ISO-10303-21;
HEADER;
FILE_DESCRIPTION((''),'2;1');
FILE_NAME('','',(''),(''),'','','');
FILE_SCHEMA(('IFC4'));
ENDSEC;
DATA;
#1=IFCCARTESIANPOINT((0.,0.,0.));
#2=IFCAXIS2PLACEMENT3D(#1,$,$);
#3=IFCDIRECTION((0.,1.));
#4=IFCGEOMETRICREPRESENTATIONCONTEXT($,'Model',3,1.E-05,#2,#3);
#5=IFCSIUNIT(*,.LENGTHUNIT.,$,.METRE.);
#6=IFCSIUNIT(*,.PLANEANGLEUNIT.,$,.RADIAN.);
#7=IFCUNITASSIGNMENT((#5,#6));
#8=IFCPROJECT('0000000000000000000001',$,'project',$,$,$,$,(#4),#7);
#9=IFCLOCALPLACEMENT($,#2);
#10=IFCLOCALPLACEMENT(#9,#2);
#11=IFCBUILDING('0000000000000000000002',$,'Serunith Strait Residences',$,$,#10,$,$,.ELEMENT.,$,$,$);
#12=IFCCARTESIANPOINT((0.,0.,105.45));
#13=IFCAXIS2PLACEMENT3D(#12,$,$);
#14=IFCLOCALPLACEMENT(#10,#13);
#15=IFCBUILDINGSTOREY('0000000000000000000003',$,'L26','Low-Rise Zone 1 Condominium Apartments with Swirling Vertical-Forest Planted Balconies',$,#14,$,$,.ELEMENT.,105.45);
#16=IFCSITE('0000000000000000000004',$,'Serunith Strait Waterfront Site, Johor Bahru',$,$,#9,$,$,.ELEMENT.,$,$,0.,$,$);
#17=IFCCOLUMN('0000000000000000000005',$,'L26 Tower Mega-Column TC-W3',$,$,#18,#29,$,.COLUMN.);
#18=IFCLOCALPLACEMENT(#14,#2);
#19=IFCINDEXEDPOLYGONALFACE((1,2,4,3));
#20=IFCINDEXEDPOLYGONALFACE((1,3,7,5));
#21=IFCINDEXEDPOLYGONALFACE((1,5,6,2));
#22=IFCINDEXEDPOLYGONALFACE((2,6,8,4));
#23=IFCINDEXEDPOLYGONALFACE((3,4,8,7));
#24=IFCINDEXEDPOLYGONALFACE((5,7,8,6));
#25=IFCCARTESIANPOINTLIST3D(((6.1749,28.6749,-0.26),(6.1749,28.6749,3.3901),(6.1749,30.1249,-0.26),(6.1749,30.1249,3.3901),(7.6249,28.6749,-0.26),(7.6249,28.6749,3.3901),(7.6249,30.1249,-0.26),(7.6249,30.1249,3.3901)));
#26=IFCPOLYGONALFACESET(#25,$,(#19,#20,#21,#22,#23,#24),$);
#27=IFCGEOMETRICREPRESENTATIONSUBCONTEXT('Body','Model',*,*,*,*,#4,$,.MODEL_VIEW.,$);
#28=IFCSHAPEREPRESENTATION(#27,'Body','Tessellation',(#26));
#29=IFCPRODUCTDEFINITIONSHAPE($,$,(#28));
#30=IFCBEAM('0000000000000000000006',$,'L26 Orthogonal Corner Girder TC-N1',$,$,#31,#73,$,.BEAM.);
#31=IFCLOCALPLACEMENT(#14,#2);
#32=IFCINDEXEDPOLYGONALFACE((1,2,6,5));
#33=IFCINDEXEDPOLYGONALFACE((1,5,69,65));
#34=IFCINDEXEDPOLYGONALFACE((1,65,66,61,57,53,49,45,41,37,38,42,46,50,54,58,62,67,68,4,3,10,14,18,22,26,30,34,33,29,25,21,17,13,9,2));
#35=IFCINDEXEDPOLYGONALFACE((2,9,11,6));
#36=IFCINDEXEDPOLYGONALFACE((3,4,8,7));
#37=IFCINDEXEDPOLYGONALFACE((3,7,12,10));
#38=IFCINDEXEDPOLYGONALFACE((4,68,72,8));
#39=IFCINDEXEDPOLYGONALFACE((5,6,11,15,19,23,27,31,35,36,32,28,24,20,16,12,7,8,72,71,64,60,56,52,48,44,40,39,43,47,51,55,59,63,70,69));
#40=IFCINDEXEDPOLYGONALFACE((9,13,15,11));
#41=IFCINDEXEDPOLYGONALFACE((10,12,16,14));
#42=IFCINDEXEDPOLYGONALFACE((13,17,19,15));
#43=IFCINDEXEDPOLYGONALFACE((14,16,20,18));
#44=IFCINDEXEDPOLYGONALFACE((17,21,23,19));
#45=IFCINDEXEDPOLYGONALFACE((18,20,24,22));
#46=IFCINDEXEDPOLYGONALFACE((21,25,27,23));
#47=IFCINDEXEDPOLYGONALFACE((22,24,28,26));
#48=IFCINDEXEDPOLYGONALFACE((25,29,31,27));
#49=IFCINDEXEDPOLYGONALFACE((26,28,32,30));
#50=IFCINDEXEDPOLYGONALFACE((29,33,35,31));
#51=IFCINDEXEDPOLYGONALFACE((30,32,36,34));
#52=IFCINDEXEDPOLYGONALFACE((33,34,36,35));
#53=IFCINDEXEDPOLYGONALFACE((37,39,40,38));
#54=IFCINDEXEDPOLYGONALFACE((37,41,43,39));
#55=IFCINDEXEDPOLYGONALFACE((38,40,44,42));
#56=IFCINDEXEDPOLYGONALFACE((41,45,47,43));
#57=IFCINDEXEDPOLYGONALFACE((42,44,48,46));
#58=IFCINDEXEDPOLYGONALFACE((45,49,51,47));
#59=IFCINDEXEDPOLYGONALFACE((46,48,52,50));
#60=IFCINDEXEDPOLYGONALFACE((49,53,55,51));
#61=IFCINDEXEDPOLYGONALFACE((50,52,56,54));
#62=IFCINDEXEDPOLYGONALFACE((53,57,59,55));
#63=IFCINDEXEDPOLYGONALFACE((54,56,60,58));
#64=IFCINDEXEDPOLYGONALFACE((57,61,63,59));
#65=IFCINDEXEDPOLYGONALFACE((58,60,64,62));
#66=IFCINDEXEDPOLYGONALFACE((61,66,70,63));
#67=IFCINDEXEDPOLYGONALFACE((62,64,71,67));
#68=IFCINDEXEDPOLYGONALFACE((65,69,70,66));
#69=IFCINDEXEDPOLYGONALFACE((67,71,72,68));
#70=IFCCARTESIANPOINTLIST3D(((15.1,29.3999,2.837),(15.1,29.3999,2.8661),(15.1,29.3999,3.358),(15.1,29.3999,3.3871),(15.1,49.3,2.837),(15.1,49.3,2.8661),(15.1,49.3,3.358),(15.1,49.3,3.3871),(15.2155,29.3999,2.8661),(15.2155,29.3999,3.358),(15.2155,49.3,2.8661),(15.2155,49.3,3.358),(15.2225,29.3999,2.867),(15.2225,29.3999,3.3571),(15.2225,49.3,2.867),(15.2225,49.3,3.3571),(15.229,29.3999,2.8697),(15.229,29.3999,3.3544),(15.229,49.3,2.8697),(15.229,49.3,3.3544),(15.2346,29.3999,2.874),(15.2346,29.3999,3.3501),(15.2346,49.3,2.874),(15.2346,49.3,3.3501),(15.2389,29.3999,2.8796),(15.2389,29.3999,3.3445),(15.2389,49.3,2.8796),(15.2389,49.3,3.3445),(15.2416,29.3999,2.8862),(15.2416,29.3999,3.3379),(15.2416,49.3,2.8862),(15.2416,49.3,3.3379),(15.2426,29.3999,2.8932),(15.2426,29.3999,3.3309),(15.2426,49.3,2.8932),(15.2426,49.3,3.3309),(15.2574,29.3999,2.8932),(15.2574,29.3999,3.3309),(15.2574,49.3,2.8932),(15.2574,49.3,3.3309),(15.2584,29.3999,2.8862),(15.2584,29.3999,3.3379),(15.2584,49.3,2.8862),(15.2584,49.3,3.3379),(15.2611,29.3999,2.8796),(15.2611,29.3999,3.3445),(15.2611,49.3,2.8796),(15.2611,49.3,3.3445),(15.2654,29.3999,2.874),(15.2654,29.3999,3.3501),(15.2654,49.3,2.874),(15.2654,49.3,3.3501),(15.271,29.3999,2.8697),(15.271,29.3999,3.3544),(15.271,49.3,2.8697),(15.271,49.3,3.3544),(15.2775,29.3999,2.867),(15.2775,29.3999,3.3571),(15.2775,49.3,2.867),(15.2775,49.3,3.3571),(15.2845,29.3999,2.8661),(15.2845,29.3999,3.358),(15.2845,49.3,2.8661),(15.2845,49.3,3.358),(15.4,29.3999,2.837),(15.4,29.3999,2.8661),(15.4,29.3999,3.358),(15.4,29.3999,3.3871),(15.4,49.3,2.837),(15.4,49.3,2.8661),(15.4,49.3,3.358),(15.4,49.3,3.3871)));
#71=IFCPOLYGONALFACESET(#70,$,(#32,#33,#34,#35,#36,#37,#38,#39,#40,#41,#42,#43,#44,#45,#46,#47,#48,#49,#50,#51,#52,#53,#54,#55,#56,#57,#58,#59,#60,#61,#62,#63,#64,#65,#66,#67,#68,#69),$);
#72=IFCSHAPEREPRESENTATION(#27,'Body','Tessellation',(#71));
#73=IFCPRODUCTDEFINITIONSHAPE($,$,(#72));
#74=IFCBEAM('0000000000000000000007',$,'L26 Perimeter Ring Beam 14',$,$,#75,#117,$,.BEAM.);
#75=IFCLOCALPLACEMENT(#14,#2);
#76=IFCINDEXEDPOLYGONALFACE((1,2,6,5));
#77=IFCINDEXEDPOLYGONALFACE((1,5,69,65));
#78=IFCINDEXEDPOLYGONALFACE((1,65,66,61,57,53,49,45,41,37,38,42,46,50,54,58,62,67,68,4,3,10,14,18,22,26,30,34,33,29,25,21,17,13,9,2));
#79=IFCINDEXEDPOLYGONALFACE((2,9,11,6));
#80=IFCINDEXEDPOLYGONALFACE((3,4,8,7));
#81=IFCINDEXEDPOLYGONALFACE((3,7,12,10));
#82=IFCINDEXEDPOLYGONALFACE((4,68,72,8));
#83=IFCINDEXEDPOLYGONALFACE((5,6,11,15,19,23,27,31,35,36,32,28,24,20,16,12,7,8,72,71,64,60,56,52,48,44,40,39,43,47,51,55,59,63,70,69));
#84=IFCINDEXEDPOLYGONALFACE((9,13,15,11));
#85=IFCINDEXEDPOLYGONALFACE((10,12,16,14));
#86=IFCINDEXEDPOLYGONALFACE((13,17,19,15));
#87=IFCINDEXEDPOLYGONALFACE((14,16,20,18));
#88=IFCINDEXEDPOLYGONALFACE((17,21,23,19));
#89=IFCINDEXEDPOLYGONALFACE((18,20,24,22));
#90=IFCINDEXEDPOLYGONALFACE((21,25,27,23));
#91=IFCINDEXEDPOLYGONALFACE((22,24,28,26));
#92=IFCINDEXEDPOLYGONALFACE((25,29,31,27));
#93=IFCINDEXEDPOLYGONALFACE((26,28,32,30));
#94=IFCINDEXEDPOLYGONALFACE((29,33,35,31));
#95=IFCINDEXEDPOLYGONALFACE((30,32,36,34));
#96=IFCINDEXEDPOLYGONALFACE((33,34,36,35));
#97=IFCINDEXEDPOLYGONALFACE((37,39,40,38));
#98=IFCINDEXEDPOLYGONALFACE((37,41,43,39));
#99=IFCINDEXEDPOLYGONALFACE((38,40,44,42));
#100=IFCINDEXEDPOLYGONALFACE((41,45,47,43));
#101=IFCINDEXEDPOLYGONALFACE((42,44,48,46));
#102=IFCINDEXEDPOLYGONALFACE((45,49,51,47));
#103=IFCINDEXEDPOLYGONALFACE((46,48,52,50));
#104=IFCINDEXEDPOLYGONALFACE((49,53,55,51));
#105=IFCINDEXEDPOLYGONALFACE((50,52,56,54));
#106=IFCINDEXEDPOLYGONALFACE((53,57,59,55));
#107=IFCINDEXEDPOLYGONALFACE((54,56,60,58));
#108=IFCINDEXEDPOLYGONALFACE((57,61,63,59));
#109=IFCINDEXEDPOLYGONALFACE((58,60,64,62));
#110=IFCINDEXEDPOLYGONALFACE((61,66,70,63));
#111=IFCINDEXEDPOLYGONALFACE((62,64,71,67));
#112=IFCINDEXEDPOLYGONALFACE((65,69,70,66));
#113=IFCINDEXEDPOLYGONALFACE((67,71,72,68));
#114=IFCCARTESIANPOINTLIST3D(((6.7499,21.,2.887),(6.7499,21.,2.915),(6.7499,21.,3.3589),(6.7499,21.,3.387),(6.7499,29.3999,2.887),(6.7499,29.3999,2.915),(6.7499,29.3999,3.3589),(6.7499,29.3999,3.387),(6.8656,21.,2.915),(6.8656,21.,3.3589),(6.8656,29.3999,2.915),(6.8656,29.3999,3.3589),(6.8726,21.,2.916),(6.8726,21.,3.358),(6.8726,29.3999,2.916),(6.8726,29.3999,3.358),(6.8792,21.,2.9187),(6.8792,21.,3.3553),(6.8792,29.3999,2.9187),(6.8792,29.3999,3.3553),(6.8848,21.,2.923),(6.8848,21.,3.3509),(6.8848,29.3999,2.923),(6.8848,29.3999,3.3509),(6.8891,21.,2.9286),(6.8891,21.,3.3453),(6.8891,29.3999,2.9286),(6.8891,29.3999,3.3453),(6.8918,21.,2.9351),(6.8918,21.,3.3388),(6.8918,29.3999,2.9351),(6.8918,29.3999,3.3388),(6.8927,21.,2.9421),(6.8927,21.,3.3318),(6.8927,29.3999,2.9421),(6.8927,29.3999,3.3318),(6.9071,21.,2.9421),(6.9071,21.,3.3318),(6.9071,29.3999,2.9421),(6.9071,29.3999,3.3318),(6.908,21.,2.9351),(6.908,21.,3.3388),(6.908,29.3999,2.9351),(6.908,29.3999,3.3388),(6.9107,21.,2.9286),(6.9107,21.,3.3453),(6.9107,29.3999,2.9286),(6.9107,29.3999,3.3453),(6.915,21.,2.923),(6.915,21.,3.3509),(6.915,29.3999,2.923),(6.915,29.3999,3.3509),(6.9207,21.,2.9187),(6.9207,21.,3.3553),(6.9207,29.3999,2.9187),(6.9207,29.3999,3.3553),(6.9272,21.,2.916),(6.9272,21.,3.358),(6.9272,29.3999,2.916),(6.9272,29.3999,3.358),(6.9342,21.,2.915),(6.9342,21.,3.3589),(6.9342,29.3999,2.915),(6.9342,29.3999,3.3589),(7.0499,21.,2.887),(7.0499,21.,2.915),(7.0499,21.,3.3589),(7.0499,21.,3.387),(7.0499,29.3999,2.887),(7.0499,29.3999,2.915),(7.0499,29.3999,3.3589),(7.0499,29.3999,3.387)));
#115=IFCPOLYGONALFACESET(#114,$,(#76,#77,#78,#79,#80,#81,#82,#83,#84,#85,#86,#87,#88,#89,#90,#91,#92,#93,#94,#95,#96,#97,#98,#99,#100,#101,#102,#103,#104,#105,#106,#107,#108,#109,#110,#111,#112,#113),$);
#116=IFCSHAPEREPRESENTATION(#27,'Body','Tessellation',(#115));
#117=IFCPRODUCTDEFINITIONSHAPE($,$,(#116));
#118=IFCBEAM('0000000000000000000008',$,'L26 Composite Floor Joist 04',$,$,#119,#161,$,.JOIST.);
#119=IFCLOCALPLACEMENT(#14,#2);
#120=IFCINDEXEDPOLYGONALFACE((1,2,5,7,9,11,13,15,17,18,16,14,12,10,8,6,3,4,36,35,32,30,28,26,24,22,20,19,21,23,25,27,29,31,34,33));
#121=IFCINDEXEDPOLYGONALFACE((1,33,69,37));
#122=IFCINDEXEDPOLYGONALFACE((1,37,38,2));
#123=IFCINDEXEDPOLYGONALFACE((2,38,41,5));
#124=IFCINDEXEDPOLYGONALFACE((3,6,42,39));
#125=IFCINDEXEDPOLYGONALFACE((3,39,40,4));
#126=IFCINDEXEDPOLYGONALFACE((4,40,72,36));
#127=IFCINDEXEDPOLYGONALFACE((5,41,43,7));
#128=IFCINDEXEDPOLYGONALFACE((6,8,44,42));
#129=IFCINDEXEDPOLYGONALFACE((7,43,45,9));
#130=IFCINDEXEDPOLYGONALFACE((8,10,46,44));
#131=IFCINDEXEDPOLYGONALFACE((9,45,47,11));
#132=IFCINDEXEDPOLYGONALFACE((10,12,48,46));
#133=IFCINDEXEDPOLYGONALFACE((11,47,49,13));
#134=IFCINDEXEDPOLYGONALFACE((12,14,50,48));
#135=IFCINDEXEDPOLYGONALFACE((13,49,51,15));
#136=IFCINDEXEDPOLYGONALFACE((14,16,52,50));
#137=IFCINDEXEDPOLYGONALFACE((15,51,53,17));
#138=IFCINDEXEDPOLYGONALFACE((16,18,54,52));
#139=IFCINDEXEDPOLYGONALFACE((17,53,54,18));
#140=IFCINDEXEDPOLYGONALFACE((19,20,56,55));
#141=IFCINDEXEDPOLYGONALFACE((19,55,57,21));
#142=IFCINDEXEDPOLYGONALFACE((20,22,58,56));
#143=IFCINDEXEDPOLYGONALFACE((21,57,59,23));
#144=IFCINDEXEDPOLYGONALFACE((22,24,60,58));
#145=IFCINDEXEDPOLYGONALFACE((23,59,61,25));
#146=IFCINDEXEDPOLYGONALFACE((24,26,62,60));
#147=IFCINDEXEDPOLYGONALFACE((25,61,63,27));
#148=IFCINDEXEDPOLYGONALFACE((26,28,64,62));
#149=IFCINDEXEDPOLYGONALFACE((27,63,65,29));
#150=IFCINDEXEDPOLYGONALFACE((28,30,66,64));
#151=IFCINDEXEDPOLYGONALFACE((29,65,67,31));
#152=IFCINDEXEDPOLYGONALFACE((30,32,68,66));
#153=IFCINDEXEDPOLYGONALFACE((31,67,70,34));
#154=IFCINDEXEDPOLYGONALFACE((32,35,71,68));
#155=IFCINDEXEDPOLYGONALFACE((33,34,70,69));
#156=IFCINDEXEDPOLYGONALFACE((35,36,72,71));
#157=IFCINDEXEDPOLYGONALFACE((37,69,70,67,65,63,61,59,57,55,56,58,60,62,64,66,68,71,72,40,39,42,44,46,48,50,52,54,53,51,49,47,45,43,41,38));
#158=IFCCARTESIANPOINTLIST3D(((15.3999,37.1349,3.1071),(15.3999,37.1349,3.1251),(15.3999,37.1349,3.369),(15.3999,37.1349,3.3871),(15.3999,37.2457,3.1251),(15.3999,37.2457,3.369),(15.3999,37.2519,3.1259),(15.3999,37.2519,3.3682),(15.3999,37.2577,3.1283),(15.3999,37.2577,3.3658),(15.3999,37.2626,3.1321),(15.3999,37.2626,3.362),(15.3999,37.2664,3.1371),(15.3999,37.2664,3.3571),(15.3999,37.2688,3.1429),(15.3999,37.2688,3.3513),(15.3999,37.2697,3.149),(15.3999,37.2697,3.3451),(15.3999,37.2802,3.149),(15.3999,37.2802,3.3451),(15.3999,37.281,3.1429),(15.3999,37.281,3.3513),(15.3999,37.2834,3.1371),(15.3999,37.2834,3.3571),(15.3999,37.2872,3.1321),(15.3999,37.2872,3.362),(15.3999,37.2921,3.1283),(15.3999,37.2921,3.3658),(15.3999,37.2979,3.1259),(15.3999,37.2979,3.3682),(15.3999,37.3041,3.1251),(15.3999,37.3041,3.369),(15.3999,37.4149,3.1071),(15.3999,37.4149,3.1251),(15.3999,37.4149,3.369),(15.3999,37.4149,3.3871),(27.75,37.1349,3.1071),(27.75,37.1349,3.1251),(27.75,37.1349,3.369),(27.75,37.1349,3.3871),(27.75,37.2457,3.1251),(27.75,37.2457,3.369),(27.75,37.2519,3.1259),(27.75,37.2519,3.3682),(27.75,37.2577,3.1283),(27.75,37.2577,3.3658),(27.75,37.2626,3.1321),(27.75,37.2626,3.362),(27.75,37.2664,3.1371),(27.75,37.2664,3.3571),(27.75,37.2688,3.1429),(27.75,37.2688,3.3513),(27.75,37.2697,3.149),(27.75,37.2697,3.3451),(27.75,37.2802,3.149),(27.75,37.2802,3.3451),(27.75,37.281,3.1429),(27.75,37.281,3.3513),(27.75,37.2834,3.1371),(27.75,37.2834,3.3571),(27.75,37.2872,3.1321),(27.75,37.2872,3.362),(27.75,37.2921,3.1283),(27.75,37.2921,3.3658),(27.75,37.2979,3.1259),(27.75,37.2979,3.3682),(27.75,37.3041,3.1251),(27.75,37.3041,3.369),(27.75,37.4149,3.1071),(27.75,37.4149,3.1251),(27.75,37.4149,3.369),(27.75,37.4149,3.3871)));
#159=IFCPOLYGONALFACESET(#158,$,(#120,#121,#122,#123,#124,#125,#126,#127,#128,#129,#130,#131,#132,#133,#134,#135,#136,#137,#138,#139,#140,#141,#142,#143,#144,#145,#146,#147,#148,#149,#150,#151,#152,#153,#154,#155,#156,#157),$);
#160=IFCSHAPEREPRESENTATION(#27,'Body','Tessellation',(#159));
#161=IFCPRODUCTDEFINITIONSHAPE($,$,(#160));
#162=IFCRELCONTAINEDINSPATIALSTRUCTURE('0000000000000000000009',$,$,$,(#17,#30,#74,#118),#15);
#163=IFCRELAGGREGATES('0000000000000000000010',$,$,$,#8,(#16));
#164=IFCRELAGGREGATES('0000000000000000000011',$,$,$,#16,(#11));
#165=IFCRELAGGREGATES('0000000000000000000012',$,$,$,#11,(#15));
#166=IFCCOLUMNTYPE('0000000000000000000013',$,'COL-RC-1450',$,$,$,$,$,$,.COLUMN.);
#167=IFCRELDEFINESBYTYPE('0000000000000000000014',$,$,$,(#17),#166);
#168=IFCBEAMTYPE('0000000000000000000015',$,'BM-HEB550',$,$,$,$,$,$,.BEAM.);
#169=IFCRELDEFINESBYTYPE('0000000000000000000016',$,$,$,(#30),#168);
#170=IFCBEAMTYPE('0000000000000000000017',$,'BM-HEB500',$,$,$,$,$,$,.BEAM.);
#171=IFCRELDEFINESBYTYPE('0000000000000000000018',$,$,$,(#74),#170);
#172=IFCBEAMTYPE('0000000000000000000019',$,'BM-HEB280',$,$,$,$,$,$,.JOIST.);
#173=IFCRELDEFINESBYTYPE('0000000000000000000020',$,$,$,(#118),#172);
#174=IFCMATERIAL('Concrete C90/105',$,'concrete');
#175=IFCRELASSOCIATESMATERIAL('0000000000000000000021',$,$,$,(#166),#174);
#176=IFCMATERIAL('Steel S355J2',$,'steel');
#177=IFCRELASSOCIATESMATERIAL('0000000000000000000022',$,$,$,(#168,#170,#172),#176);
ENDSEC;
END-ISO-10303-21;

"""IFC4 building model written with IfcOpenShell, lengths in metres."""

from ifc_helpers import new_model, si_unit, direction, frame, origin, origin_2d, place, context, subcontext, project, spatial, rectangle, i_section, extrude, source, transform, mapped, material, material_profile, profile_set, type_object, element, save


model = new_model("IFC4")

# Units and contexts
model_context = context("Model", 3, precision=1e-05, world=origin(), true_north=direction((0.0, 1.0)))
body_context = subcontext(model_context, "Body", "Model", "MODEL_VIEW")
ifc_project = project(units=[si_unit("LENGTHUNIT", "METRE"), si_unit("PLANEANGLEUNIT", "RADIAN")], contexts=[model_context])

# Site, building, storey
site_placement = place(None, origin())
site = spatial("IfcSite", under=ifc_project, at=site_placement, Name="Serunith Strait Waterfront Site, Johor Bahru", CompositionType="ELEMENT", RefElevation=0.0)
building_placement = place(site_placement, origin())
building = spatial("IfcBuilding", under=site, at=building_placement, Name="Serunith Strait Residences", CompositionType="ELEMENT")
storey_placement = place(building_placement, frame((0.0, 0.0, 105.45)))
storey = spatial("IfcBuildingStorey", under=building, at=storey_placement, Name="L26", Description="Low-Rise Zone 1 Condominium Apartments with Swirling Vertical-Forest Planted Balconies", CompositionType="ELEMENT", Elevation=105.45)

# Column
ifc_material_1 = material(Name="Concrete C90/105", Category="concrete")
ifc_material_profile_1 = material_profile(ifc_material_1, rectangle(XDim=1.45, YDim=1.45, at=origin_2d()), Name="RC 1450x1450")
ifc_profile_set_1 = profile_set([ifc_material_profile_1], Name="Concrete C90/105")
column_type = type_object("IfcColumnType", Name="COL-RC-1450", PredefinedType="COLUMN", material=ifc_profile_set_1)
shared_shape_1 = source(origin(), body_context, "Body", "SweptSolid", [
    extrude(rectangle(XDim=1.45, YDim=1.45, at=origin_2d()), origin(), (0.0, 0.0, 1.0), 3.6501),
])
column_placement = place(storey_placement, frame((6.8999, 29.3999, -0.26), z_axis=(0.0, 0.0, 1.0), x_axis=(1.0, 0.0, 0.0)))
element("IfcColumn", 1, at=column_placement, inside=storey, type_object=column_type, Name="L26 Tower Mega-Column TC-W3", PredefinedType="COLUMN", context=body_context, shape_type="MappedRepresentation", body=[
    mapped(shared_shape_1, transform((0.0, 0.0, 0.0), scale=1.0)),
])

# Beams
ifc_material_2 = material(Name="Steel S355J2", Category="steel")
ifc_material_profile_2 = material_profile(ifc_material_2, i_section(OverallWidth=0.3, OverallDepth=0.55, WebThickness=0.0149, FlangeThickness=0.0291, FilletRadius=0.0271, at=origin_2d()), Name="HEB 550")
ifc_profile_set_2 = profile_set([ifc_material_profile_2], Name="Steel S355J2")
beam_type_1 = type_object("IfcBeamType", Name="BM-HEB550", PredefinedType="BEAM", material=ifc_profile_set_2)
shared_shape_2 = source(origin(), body_context, "Body", "SweptSolid", [
    extrude(i_section(OverallWidth=0.3, OverallDepth=0.55, WebThickness=0.0149, FlangeThickness=0.0291, FilletRadius=0.0271, at=origin_2d()), origin(), (0.0, 0.0, 1.0), 19.9001),
])
beam_1_placement = place(storey_placement, frame((15.25, 29.3999, 3.1121), z_axis=(0.0, 1.0, 0.0), x_axis=(-1.0, 0.0, 0.0)))
element("IfcBeam", 2, at=beam_1_placement, inside=storey, type_object=beam_type_1, Name="L26 Orthogonal Corner Girder TC-N1", PredefinedType="BEAM", context=body_context, shape_type="MappedRepresentation", body=[
    mapped(shared_shape_2, transform((0.0, 0.0, 0.0), scale=1.0)),
])
ifc_material_profile_3 = material_profile(ifc_material_2, i_section(OverallWidth=0.3, OverallDepth=0.5, WebThickness=0.0144, FlangeThickness=0.0281, FilletRadius=0.0271, at=origin_2d()), Name="HEB 500")
ifc_profile_set_3 = profile_set([ifc_material_profile_3], Name="Steel S355J2")
beam_type_2 = type_object("IfcBeamType", Name="BM-HEB500", PredefinedType="BEAM", material=ifc_profile_set_3)
shared_shape_3 = source(origin(), body_context, "Body", "SweptSolid", [
    extrude(i_section(OverallWidth=0.3, OverallDepth=0.5, WebThickness=0.0144, FlangeThickness=0.0281, FilletRadius=0.0271, at=origin_2d()), origin(), (0.0, 0.0, 1.0), 8.3999),
])
beam_2_placement = place(storey_placement, frame((6.8999, 29.3999, 3.137), z_axis=(0.0, -1.0, 0.0), x_axis=(1.0, 0.0, 0.0)))
element("IfcBeam", 3, at=beam_2_placement, inside=storey, type_object=beam_type_2, Name="L26 Perimeter Ring Beam 14", PredefinedType="BEAM", context=body_context, shape_type="MappedRepresentation", body=[
    mapped(shared_shape_3, transform((0.0, 0.0, 0.0), scale=1.0)),
])
ifc_material_profile_4 = material_profile(ifc_material_2, i_section(OverallWidth=0.28, OverallDepth=0.28, WebThickness=0.0105, FlangeThickness=0.0181, FilletRadius=0.0239, at=origin_2d()), Name="HEB 280")
ifc_profile_set_4 = profile_set([ifc_material_profile_4], Name="Steel S355J2")
beam_type_3 = type_object("IfcBeamType", Name="BM-HEB280", PredefinedType="JOIST", material=ifc_profile_set_4)
shared_shape_4 = source(origin(), body_context, "Body", "SweptSolid", [
    extrude(i_section(OverallWidth=0.28, OverallDepth=0.28, WebThickness=0.0105, FlangeThickness=0.0181, FilletRadius=0.0239, at=origin_2d()), origin(), (0.0, 0.0, 1.0), 12.3501),
])
beam_3_placement = place(storey_placement, frame((15.3999, 37.2749, 3.2471), z_axis=(1.0, 0.0, 0.0), x_axis=(0.0, 1.0, 0.0)))
element("IfcBeam", 4, at=beam_3_placement, inside=storey, type_object=beam_type_3, Name="L26 Composite Floor Joist 04", PredefinedType="JOIST", context=body_context, shape_type="MappedRepresentation", body=[
    mapped(shared_shape_4, transform((0.0, 0.0, 0.0), scale=1.0)),
])

save(model, "model.ifc")
